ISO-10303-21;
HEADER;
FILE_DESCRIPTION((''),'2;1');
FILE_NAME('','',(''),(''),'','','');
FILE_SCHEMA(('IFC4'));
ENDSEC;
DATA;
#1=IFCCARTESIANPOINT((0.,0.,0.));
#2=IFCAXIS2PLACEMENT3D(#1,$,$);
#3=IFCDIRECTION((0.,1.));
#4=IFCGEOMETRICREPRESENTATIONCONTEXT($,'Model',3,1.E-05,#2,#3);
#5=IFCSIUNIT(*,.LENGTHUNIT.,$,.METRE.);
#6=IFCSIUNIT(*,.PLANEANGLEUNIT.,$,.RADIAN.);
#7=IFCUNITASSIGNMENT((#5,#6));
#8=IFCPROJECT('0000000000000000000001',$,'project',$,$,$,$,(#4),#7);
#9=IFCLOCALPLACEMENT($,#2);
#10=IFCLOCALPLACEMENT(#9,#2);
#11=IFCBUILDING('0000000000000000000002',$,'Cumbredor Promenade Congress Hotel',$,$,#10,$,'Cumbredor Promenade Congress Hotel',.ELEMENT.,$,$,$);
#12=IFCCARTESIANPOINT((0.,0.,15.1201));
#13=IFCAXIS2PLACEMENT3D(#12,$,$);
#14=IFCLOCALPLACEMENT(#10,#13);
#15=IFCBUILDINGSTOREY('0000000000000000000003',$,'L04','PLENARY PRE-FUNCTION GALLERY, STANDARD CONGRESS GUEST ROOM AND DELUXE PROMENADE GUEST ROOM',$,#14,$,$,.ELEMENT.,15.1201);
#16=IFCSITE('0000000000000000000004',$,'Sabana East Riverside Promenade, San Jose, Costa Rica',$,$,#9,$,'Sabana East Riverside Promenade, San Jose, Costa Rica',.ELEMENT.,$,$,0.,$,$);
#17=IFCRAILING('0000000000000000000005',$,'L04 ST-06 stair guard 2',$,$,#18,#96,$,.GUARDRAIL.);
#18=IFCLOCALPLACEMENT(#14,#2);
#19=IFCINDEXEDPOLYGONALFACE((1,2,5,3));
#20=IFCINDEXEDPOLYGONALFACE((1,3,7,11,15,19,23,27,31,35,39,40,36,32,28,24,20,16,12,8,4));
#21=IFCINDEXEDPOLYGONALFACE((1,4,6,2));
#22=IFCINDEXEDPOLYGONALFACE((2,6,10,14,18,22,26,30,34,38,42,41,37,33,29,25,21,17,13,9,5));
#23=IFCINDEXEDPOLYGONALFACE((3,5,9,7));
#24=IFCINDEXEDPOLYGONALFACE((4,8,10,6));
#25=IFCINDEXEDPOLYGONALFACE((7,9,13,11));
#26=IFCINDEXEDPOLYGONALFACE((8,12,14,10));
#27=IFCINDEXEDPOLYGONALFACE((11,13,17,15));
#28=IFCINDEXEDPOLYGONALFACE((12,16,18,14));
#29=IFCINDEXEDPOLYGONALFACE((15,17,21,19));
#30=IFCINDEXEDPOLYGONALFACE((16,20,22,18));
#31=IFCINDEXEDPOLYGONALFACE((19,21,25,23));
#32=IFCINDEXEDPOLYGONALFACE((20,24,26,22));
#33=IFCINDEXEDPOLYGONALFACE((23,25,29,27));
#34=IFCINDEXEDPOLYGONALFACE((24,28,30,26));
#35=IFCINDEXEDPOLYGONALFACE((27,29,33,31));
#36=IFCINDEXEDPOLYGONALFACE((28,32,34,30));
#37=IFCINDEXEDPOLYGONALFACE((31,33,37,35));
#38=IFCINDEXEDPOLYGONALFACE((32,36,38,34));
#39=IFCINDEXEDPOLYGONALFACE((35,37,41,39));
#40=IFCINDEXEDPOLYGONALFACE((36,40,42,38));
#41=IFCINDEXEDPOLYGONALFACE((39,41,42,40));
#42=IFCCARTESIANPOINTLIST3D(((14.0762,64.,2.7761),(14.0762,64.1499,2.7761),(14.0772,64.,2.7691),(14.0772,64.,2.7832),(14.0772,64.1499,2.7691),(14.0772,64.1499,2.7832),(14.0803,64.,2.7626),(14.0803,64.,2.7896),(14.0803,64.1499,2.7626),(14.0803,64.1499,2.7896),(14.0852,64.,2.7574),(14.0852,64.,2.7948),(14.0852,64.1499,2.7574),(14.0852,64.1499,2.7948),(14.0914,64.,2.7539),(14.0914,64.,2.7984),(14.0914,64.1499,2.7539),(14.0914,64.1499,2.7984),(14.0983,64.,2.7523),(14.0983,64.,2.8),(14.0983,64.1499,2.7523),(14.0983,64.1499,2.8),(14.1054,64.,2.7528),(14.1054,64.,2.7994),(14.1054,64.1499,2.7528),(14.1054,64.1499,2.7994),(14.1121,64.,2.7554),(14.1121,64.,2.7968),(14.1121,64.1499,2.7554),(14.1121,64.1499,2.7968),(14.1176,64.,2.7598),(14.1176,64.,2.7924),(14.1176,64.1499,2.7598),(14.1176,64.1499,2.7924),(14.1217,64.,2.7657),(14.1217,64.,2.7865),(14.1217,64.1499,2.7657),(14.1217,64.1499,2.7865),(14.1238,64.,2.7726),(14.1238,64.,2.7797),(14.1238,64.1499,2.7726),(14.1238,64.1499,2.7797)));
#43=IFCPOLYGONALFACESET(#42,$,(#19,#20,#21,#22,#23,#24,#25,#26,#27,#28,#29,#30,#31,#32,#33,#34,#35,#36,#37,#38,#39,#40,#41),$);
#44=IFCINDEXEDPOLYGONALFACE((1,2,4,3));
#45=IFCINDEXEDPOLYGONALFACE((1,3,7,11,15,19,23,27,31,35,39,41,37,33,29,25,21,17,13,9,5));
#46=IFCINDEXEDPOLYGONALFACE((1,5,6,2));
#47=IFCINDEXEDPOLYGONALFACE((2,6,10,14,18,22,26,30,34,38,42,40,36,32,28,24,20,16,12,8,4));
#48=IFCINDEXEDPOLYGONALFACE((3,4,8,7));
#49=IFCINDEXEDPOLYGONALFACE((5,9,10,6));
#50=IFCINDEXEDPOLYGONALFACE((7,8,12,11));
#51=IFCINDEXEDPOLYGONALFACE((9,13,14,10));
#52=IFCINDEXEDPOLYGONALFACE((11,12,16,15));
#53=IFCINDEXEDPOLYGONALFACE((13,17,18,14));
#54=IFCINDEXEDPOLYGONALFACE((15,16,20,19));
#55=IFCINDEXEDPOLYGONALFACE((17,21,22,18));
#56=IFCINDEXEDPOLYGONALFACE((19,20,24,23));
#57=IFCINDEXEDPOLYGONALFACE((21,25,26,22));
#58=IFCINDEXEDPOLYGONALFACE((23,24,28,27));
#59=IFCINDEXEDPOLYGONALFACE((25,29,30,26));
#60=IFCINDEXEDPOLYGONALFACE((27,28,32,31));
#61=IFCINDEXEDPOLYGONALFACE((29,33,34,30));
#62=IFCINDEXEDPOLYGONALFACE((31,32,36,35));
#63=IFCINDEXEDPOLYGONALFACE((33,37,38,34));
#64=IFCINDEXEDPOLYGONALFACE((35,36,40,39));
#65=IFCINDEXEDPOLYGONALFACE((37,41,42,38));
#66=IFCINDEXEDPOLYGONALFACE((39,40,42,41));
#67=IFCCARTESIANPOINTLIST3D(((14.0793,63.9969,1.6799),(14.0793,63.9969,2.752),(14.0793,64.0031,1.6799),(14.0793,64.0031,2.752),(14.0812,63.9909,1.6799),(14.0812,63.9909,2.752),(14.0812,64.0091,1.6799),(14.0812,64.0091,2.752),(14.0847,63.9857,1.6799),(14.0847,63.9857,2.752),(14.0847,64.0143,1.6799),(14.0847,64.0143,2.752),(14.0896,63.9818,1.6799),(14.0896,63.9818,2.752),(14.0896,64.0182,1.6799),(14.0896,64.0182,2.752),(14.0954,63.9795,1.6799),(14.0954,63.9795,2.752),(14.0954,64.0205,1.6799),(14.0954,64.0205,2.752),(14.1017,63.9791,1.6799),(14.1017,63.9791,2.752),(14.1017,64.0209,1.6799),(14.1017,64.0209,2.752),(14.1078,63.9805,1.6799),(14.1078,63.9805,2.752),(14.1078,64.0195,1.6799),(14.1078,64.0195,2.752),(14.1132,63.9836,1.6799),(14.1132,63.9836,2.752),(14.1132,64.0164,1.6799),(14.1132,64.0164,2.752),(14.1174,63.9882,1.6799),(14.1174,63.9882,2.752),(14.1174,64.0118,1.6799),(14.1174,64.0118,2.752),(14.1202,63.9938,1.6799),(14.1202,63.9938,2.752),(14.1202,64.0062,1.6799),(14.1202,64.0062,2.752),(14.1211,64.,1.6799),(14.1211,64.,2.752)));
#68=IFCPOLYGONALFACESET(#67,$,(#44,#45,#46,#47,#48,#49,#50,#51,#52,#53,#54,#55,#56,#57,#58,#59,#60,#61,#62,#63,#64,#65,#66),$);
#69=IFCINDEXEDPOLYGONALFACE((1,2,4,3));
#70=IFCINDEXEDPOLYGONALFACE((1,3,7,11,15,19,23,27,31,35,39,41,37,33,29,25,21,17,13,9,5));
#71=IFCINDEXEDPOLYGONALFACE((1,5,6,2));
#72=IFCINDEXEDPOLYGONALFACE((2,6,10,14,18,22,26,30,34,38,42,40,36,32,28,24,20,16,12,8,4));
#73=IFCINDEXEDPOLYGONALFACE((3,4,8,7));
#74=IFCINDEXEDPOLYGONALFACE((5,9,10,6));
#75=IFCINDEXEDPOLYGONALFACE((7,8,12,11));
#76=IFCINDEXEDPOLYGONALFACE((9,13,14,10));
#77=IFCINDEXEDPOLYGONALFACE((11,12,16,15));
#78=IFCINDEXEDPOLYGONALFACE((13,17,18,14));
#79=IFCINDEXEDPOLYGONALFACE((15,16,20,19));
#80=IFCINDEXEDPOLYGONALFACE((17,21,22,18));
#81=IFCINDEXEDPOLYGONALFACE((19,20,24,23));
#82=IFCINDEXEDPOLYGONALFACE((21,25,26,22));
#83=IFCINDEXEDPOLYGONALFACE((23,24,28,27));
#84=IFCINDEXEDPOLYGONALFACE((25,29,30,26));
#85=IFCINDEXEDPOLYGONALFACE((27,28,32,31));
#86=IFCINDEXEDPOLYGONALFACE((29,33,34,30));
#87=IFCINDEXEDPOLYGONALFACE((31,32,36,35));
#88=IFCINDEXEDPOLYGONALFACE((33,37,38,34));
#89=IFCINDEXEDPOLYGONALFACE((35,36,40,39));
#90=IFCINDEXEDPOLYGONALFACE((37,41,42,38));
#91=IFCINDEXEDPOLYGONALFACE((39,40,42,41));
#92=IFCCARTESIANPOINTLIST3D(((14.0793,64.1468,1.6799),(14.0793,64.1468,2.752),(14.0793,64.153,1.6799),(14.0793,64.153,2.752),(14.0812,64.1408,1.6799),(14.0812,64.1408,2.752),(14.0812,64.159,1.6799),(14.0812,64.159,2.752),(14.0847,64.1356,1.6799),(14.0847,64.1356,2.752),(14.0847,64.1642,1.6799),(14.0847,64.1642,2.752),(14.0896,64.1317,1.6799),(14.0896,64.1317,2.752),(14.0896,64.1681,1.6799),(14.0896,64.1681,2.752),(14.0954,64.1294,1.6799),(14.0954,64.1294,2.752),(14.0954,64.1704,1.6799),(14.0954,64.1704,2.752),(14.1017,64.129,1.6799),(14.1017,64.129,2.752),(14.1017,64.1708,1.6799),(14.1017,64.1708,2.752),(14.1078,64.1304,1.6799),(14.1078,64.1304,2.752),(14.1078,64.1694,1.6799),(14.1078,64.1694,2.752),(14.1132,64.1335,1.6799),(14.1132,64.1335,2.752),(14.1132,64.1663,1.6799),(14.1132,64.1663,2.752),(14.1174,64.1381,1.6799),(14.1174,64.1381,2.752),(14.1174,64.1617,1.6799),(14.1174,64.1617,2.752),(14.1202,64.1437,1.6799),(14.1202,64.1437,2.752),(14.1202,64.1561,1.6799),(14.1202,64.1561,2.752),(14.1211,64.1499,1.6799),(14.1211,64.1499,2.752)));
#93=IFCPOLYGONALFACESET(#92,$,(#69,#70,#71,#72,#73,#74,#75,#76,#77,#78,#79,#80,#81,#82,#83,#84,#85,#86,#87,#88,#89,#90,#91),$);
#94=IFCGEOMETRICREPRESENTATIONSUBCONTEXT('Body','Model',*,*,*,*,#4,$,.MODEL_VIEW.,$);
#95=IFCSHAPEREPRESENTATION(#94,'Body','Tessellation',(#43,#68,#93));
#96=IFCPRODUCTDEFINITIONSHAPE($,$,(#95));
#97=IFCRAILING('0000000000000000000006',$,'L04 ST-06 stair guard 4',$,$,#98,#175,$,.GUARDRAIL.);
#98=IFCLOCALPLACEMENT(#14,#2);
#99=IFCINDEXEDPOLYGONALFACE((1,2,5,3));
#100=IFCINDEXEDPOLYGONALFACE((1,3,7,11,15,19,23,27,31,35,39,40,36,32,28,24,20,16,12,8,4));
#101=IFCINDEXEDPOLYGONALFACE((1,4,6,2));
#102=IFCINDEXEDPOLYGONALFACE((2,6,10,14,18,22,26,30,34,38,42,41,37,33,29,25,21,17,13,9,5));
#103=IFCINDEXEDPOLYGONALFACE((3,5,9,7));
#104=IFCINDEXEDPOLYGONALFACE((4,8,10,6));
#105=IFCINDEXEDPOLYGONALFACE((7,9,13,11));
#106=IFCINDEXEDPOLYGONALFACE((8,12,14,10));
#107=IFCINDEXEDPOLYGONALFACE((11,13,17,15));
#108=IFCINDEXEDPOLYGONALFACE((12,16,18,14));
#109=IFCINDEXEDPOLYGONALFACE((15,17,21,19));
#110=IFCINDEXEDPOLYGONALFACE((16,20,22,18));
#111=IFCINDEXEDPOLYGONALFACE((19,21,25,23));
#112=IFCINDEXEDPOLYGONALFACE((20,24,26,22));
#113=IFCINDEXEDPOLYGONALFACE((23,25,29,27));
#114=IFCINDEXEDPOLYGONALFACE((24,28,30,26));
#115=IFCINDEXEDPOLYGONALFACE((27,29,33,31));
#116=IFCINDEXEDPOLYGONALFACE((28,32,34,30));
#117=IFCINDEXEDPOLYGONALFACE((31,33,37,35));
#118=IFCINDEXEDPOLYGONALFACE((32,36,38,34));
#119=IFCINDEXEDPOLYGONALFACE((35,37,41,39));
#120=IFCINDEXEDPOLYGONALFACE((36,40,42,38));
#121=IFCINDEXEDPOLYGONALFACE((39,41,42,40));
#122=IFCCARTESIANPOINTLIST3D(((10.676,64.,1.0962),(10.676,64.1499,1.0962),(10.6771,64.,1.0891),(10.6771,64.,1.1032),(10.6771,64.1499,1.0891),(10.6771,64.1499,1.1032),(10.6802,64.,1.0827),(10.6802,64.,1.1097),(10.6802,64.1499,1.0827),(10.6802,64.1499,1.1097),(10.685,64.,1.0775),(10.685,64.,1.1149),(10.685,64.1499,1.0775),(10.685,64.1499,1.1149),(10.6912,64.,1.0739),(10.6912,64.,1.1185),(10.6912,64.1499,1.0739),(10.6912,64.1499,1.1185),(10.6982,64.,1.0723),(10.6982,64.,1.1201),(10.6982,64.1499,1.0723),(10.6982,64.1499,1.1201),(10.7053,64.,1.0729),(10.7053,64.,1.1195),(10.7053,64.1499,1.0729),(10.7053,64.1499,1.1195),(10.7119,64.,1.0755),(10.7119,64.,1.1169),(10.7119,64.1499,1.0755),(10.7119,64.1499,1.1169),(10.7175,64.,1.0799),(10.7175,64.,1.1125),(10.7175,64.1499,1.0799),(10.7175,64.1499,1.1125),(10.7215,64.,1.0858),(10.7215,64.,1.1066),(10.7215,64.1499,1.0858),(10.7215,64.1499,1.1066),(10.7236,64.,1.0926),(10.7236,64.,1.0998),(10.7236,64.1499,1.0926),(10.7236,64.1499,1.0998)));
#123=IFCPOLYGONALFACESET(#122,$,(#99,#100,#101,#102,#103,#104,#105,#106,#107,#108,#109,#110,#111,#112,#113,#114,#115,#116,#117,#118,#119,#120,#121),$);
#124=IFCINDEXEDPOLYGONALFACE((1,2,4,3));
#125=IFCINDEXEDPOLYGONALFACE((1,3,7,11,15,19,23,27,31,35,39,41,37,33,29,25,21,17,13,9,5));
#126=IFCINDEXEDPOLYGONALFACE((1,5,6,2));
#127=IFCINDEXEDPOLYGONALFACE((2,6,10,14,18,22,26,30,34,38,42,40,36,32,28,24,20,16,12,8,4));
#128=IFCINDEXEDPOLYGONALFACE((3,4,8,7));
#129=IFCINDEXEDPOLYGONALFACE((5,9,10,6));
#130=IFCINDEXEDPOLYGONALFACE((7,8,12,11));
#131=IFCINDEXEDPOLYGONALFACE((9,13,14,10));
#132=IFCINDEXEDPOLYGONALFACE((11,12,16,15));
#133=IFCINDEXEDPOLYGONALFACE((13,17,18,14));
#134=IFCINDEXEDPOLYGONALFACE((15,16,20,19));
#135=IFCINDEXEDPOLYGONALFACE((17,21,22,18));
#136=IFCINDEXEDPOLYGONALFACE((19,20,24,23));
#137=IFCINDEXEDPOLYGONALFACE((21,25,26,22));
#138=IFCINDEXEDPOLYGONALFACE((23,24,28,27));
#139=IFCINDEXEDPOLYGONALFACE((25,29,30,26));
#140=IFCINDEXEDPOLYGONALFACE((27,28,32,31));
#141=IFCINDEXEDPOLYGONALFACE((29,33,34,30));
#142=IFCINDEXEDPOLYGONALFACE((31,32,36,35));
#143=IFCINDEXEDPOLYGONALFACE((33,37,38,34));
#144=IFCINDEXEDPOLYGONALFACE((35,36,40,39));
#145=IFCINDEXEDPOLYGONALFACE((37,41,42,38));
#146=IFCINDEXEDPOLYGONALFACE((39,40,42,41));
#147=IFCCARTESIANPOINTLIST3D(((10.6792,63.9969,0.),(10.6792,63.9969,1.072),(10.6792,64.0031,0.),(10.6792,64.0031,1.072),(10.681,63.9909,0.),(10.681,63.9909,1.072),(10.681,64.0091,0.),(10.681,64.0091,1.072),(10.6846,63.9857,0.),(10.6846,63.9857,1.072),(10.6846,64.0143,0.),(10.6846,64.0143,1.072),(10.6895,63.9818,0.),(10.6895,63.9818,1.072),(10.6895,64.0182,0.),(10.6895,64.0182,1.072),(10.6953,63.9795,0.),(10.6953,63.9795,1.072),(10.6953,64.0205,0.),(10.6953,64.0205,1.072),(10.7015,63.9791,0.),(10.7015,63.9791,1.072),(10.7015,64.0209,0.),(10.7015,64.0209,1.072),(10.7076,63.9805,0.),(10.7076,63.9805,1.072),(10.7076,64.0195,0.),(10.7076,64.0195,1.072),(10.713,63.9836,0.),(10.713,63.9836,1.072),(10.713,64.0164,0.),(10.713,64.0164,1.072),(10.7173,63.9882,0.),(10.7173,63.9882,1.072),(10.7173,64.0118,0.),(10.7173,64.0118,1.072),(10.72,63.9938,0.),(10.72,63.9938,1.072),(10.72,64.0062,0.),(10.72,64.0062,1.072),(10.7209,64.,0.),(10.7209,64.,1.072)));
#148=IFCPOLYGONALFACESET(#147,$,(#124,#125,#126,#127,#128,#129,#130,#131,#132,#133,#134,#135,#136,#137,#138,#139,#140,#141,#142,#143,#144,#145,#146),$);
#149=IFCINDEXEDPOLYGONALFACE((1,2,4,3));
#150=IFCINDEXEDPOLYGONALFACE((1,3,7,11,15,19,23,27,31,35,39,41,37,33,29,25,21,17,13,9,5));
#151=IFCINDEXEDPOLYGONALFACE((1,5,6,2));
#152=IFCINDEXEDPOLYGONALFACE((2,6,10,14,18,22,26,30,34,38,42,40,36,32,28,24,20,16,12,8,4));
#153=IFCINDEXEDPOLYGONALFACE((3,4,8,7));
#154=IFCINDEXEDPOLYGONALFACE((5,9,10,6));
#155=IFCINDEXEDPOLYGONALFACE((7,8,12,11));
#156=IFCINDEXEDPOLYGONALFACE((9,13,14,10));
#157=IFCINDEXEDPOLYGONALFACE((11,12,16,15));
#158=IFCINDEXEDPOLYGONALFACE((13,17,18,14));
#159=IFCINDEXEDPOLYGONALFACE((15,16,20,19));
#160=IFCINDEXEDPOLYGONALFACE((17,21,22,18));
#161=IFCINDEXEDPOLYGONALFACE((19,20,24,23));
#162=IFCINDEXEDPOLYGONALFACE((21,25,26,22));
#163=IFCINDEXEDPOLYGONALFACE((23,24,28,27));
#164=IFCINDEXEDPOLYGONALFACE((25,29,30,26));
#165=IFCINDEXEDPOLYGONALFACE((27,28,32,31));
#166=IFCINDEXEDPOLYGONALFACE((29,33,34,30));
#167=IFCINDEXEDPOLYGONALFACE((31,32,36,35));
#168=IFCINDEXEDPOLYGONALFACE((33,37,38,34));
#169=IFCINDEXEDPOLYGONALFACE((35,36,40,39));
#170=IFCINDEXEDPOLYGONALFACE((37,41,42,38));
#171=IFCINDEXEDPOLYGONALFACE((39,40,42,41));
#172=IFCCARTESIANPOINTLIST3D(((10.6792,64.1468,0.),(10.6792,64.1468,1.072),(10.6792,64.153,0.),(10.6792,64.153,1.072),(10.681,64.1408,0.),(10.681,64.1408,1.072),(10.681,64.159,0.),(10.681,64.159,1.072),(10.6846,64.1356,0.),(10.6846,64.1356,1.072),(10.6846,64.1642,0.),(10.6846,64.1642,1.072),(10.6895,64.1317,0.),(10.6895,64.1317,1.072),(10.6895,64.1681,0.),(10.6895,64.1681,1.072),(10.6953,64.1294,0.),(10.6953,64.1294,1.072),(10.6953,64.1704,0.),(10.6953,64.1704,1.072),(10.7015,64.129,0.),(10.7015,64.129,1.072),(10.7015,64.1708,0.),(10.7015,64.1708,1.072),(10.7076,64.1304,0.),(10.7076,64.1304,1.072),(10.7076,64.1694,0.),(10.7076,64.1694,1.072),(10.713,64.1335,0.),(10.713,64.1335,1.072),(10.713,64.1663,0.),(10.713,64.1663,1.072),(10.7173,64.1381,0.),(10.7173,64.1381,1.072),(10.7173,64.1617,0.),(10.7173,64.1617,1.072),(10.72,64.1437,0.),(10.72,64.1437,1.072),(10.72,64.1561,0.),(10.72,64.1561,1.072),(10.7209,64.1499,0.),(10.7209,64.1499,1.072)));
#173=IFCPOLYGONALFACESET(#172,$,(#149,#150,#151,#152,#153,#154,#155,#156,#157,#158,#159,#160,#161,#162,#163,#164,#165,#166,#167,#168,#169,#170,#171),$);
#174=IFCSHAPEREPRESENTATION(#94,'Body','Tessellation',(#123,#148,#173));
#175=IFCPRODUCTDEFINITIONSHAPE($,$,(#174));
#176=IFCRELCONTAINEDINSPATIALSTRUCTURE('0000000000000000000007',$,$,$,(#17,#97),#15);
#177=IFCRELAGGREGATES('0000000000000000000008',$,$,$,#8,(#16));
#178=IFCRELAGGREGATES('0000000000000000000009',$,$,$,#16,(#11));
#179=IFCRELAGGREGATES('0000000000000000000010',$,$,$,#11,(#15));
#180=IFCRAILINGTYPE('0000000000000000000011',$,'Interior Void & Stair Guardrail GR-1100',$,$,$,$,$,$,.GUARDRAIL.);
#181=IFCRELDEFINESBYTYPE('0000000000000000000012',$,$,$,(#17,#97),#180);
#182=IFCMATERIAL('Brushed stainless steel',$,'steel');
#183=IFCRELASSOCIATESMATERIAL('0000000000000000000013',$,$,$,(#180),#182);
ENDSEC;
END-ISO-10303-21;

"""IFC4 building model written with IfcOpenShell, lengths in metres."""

from ifc_helpers import new_model, si_unit, direction, frame, origin, origin_2d, place, context, subcontext, project, spatial, circle, extrude, material, type_object, element, save


model = new_model("IFC4")

# Units and contexts
model_context = context("Model", 3, precision=1e-05, world=origin(), true_north=direction((0.0, 1.0)))
body_context = subcontext(model_context, "Body", "Model", "MODEL_VIEW")
ifc_project = project(units=[si_unit("LENGTHUNIT", "METRE"), si_unit("PLANEANGLEUNIT", "RADIAN")], contexts=[model_context])

# Site, building, storey
site_placement = place(None, origin())
site = spatial("IfcSite", under=ifc_project, at=site_placement, Name="Sabana East Riverside Promenade, San Jose, Costa Rica", LongName="Sabana East Riverside Promenade, San Jose, Costa Rica", CompositionType="ELEMENT", RefElevation=0.0)
building_placement = place(site_placement, origin())
building = spatial("IfcBuilding", under=site, at=building_placement, Name="Cumbredor Promenade Congress Hotel", LongName="Cumbredor Promenade Congress Hotel", CompositionType="ELEMENT")
storey_placement = place(building_placement, frame((0.0, 0.0, 15.1201)))
storey = spatial("IfcBuildingStorey", under=building, at=storey_placement, Name="L04", Description="PLENARY PRE-FUNCTION GALLERY, STANDARD CONGRESS GUEST ROOM AND DELUXE PROMENADE GUEST ROOM", CompositionType="ELEMENT", Elevation=15.1201)

# Shared definitions
ifc_material_1 = material(Name="Brushed stainless steel", Category="steel")

# Railings
railing_type_1 = type_object("IfcRailingType", Name="Interior Void & Stair Guardrail GR-1100", PredefinedType="GUARDRAIL", material=ifc_material_1)
for number, where, name in (
    (1, (14.1001, 64.0, 1.6799), "L04 ST-06 stair guard 2"),
    (2, (10.7, 64.0, 0.0), "L04 ST-06 stair guard 4"),
):
    element("IfcRailing", number, at=place(storey_placement, frame(where)), inside=storey, type_object=railing_type_1, Name=name, PredefinedType="GUARDRAIL", context=body_context, shape_type="SweptSolid", body=[
        extrude(circle(Radius=0.0239, at=origin_2d()), frame((0.0, 0.0, 1.0962), z_axis=(0.0, 1.0, 0.0), x_axis=(-1.0, 0.0, 0.0)), (0.0, 0.0, 1.0), 0.1499),
        extrude(circle(Radius=0.021, at=origin_2d()), origin(), (0.0, 0.0, 1.0), 1.072),
        extrude(circle(Radius=0.021, at=origin_2d()), frame((0.0, 0.1499, 0.0)), (0.0, 0.0, 1.0), 1.072),
    ])

save(model, "model.ifc")
